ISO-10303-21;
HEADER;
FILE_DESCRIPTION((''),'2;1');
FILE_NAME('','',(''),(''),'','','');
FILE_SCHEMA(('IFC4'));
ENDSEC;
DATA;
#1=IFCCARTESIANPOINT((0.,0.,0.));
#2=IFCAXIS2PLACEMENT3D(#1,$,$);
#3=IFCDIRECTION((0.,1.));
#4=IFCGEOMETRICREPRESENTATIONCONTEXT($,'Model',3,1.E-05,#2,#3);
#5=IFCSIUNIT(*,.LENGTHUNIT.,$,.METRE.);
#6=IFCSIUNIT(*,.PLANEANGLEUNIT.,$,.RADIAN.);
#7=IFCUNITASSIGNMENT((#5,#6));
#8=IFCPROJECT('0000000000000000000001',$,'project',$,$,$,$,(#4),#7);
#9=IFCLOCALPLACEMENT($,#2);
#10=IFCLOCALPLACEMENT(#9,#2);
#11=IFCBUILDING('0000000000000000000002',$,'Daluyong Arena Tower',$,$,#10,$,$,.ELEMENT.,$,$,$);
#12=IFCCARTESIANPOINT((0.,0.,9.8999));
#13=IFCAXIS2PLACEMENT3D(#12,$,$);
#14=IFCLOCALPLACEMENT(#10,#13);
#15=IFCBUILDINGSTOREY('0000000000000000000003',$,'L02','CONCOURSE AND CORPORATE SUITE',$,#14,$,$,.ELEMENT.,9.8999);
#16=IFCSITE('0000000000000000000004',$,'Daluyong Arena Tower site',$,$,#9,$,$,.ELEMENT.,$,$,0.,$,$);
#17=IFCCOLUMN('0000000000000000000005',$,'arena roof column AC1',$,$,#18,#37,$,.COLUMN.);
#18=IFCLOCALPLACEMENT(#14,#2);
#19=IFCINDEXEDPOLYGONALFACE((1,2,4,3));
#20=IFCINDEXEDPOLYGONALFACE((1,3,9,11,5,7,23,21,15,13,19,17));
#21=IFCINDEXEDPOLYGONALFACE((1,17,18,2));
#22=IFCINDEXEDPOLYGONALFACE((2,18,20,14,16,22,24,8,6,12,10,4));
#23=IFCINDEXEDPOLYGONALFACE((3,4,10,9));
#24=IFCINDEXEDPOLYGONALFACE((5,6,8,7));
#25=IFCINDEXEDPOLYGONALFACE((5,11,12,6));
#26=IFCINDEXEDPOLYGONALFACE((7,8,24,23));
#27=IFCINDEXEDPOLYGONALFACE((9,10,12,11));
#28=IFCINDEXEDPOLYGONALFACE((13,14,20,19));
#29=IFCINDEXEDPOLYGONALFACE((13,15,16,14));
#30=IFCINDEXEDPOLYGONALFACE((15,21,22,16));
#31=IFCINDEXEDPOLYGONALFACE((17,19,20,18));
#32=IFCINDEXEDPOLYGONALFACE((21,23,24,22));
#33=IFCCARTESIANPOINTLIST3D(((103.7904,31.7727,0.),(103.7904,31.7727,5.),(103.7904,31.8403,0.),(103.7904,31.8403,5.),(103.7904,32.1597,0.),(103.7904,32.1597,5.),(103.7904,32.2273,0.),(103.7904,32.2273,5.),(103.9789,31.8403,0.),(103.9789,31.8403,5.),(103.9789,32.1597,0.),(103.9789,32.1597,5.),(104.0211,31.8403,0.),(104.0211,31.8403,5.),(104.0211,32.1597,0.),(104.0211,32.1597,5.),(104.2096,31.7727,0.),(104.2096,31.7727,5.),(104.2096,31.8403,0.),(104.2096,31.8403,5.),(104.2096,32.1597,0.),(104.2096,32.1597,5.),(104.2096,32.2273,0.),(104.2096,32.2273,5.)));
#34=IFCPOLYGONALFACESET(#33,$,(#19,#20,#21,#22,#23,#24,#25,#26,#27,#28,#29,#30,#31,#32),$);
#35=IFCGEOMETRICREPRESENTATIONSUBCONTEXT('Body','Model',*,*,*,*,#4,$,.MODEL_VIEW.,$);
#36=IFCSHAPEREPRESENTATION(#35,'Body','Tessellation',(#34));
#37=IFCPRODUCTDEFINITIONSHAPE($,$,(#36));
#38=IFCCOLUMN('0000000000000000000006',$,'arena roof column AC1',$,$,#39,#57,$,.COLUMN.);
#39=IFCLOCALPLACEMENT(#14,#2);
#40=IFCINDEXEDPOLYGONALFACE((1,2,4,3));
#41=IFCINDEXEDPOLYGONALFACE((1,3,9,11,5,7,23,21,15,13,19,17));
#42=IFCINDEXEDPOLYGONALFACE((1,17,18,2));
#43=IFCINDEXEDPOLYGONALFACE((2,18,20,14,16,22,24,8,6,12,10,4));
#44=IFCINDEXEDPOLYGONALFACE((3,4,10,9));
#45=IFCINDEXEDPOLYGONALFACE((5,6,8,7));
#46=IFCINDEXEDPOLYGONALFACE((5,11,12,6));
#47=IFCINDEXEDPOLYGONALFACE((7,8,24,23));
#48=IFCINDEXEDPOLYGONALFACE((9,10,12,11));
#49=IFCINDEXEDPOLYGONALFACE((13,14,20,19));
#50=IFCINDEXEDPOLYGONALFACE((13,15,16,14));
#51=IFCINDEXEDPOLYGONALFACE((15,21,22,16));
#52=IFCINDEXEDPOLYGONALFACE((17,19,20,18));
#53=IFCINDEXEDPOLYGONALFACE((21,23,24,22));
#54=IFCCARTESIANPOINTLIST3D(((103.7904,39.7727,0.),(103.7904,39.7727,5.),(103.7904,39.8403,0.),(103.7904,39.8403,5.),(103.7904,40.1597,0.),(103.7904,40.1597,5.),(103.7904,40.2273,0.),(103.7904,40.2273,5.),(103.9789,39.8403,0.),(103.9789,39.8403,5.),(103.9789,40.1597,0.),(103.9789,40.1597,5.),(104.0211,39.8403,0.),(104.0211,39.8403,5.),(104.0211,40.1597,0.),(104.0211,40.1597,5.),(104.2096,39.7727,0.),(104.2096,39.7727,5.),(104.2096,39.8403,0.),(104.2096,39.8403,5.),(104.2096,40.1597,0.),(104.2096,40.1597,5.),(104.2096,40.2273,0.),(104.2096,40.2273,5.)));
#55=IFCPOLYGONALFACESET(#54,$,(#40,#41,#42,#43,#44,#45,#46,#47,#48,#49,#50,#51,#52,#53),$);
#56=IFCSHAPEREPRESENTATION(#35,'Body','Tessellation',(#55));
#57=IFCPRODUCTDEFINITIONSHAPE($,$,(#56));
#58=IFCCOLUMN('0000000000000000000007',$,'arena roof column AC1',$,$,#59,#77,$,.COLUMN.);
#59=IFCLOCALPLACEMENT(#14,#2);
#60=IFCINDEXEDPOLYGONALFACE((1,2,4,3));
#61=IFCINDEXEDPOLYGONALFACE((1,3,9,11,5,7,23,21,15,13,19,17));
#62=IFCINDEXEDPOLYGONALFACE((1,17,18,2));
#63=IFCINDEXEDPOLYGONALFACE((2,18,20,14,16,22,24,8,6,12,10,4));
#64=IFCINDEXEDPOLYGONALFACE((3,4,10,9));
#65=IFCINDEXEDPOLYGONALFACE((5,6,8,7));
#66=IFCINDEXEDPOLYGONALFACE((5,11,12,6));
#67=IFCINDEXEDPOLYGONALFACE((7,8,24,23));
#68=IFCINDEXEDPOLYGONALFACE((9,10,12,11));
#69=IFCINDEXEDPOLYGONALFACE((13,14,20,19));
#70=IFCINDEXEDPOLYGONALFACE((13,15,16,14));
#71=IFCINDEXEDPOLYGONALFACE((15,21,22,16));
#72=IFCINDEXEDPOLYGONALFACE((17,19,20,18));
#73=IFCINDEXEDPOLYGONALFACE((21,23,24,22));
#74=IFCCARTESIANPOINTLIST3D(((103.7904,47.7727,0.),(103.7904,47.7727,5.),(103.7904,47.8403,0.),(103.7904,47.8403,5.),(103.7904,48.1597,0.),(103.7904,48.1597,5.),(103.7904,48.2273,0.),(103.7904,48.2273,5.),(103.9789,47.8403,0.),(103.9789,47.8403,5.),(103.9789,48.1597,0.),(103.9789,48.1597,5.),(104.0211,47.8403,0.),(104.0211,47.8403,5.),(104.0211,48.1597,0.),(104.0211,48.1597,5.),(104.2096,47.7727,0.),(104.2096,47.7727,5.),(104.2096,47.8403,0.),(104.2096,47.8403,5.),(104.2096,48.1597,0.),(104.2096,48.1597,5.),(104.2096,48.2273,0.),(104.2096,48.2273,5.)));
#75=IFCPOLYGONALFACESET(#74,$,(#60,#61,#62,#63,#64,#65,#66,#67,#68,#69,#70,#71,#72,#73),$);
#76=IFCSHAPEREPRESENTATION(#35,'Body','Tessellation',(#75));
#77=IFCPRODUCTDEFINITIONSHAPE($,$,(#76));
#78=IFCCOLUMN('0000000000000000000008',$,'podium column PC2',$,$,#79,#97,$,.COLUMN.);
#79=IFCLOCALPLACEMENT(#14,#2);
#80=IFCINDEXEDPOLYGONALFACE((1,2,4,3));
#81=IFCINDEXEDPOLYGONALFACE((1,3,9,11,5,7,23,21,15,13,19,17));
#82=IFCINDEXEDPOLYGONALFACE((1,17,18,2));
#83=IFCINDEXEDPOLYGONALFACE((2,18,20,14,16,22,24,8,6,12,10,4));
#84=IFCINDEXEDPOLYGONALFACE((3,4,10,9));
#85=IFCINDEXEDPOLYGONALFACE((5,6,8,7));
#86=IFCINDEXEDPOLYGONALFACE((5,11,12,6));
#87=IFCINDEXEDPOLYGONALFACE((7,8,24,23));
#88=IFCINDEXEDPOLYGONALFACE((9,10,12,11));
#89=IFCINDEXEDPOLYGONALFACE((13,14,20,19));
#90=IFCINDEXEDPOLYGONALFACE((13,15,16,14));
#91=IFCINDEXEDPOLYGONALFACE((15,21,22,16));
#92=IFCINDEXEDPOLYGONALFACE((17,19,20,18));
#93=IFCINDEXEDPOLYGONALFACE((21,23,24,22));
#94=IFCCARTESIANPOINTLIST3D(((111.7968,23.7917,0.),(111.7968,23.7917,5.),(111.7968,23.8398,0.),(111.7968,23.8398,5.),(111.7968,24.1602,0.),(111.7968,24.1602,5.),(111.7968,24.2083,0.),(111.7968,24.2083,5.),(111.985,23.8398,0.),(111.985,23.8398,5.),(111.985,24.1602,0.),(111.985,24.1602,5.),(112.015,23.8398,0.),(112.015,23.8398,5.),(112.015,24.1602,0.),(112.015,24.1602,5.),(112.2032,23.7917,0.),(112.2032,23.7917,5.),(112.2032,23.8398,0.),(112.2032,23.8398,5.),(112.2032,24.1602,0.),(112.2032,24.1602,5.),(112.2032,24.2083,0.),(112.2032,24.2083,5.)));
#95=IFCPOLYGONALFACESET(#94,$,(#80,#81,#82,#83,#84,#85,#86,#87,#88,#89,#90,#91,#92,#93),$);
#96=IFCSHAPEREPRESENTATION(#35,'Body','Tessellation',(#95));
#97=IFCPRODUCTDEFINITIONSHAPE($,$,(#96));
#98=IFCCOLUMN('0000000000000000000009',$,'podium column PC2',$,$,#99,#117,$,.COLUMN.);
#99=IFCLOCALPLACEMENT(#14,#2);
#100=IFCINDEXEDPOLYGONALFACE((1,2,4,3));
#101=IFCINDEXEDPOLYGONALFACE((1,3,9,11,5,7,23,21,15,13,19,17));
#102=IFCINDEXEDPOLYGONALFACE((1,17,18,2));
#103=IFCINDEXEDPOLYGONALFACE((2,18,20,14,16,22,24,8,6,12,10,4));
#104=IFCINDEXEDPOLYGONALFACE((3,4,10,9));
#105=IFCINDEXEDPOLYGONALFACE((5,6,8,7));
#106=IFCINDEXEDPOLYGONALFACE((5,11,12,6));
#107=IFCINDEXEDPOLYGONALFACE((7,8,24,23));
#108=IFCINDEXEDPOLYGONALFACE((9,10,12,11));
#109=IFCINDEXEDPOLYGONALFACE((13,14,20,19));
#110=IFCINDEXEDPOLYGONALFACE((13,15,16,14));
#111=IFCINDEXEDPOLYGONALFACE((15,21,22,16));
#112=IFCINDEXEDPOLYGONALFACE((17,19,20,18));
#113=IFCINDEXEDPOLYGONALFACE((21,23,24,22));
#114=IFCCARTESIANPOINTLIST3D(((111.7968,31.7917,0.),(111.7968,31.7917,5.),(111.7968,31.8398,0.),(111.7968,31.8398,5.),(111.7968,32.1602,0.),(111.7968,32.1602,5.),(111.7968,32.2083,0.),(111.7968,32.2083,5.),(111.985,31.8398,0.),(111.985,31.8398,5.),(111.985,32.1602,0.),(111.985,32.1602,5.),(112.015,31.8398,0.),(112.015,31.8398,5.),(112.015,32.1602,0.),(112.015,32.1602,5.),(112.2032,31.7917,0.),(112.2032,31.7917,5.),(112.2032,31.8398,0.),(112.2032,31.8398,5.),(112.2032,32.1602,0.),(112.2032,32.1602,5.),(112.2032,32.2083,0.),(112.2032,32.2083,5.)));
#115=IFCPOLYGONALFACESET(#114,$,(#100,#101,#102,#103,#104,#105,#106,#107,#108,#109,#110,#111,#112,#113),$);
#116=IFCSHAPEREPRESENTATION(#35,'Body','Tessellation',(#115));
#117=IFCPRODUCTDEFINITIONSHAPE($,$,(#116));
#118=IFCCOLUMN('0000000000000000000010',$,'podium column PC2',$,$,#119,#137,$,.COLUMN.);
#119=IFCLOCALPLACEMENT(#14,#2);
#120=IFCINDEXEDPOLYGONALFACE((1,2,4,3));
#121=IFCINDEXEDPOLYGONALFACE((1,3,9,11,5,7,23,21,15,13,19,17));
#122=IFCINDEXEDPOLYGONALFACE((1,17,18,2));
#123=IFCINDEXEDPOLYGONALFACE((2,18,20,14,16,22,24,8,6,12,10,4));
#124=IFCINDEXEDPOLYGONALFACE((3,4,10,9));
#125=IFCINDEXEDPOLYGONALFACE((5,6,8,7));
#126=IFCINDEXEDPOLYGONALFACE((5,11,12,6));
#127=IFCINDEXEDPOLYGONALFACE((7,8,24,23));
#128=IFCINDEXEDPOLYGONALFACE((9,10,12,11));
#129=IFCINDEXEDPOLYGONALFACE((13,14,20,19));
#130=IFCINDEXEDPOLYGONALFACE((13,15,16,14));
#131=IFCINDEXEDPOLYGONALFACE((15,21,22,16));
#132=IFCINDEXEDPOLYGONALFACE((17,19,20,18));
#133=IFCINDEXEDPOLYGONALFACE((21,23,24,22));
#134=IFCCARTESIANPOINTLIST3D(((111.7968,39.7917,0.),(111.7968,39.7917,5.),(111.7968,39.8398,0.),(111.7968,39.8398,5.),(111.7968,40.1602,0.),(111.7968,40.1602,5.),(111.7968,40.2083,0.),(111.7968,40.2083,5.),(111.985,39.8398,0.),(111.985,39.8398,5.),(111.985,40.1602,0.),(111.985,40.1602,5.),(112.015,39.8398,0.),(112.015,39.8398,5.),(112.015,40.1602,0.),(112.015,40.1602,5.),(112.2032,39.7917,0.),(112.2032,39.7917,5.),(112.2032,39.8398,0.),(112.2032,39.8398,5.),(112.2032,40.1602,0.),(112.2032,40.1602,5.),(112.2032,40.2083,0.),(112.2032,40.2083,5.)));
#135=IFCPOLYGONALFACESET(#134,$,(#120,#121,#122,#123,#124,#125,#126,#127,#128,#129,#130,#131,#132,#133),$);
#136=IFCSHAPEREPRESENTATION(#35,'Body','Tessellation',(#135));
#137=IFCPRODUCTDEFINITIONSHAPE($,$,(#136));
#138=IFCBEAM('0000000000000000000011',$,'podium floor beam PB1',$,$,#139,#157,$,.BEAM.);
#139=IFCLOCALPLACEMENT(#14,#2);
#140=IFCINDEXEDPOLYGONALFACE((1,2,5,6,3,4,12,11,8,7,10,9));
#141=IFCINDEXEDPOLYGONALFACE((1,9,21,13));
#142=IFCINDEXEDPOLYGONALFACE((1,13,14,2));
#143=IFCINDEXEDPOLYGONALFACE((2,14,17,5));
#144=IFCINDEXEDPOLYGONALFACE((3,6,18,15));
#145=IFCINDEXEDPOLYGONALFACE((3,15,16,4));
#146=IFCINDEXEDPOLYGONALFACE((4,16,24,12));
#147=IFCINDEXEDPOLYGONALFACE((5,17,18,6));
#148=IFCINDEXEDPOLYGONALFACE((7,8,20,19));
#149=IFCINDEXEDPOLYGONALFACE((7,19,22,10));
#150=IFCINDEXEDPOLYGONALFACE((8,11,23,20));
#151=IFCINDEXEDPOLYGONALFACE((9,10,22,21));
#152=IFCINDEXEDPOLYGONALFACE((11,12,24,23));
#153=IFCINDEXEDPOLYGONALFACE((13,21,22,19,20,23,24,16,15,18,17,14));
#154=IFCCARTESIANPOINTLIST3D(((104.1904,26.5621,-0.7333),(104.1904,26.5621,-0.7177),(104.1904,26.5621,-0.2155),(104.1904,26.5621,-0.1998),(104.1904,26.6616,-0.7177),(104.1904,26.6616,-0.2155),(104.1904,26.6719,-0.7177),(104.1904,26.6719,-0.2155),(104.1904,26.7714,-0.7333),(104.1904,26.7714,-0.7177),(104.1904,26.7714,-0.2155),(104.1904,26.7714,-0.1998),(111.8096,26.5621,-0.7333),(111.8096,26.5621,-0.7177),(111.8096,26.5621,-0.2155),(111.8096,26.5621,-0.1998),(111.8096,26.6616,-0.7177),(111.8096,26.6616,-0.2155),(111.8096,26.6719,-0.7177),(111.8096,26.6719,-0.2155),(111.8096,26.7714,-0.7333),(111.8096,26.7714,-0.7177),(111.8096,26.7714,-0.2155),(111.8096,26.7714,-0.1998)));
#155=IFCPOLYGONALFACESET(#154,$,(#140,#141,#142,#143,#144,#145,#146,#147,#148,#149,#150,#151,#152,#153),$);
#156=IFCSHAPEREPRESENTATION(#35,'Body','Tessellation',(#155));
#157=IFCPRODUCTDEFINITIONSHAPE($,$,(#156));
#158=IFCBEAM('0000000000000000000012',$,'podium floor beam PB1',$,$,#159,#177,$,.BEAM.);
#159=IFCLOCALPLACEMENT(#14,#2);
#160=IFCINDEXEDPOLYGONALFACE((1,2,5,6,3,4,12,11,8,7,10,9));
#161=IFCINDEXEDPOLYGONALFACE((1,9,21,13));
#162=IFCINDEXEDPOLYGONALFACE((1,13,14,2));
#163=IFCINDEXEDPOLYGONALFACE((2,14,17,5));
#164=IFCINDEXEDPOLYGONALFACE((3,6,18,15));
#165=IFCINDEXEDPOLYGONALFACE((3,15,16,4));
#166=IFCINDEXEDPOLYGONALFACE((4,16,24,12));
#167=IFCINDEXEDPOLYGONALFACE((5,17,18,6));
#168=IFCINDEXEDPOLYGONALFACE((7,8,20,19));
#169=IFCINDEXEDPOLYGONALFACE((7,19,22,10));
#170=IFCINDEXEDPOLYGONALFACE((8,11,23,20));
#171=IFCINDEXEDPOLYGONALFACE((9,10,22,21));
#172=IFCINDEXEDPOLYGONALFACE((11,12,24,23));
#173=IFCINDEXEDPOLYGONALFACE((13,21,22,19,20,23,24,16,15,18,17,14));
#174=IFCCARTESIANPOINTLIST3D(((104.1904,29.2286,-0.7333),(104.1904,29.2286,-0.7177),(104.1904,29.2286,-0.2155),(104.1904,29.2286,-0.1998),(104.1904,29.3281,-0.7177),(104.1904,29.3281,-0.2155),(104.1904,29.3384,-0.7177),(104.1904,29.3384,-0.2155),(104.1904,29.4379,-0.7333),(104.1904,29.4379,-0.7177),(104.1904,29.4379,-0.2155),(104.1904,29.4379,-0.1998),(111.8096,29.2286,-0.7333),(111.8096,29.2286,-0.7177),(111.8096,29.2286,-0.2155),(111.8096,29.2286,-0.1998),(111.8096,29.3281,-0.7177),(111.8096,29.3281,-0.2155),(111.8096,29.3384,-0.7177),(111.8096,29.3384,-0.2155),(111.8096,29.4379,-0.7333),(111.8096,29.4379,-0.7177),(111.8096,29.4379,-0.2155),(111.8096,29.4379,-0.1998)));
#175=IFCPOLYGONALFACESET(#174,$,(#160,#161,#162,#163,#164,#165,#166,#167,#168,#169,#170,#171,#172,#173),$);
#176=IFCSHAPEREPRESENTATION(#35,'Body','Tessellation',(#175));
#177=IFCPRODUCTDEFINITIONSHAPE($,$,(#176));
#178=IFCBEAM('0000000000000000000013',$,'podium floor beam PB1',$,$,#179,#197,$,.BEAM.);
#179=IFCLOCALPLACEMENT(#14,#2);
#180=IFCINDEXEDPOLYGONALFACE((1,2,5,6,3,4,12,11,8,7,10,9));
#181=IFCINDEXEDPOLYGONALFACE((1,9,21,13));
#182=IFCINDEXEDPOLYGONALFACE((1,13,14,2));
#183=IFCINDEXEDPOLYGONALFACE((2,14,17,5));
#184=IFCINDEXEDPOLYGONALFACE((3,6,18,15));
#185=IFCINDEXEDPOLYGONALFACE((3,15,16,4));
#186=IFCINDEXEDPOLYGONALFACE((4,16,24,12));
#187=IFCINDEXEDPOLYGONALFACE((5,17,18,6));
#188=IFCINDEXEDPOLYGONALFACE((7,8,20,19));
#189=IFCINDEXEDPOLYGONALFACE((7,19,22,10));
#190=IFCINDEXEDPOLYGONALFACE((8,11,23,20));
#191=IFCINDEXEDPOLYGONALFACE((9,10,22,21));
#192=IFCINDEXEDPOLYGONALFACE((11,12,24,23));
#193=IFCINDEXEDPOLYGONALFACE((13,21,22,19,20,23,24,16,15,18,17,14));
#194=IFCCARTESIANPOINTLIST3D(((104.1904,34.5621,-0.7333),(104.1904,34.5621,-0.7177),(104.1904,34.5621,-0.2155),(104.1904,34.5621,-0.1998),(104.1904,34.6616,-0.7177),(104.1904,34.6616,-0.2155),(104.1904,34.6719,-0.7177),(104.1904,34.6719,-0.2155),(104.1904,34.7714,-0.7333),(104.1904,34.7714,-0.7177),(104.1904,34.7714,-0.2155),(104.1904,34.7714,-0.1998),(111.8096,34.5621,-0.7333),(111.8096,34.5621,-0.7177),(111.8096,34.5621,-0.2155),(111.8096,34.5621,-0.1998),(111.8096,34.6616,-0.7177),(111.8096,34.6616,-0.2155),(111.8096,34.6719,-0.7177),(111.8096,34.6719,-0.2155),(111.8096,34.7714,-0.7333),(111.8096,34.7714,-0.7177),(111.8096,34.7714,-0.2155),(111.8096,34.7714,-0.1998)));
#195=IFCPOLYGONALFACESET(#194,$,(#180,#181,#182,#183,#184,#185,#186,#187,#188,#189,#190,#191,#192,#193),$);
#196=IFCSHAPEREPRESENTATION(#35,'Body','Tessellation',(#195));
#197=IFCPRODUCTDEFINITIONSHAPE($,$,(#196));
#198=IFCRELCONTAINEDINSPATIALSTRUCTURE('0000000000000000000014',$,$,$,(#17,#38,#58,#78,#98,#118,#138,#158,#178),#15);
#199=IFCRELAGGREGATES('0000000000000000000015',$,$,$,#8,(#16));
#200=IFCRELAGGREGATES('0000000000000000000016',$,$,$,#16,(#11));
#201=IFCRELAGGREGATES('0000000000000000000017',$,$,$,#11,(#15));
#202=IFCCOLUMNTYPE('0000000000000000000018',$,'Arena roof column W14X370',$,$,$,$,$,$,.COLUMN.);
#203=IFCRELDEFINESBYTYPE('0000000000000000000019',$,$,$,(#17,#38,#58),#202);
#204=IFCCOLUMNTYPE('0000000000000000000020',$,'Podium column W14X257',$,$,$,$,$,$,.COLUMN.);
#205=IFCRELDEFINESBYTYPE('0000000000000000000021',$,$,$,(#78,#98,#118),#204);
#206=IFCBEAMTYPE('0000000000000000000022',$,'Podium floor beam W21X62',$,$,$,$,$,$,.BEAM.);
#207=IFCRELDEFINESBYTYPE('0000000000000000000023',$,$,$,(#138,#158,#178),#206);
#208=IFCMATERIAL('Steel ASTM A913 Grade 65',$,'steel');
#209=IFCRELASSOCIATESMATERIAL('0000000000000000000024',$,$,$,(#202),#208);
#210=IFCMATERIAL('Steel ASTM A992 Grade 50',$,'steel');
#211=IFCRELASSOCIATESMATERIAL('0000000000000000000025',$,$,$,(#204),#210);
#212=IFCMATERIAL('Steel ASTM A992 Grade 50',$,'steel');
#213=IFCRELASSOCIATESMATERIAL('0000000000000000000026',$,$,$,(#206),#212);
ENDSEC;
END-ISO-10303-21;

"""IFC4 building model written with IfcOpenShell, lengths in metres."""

from ifc_helpers import new_model, si_unit, direction, frame, origin, origin_2d, place, context, subcontext, project, spatial, i_section, extrude, material, material_profile, profile_set, type_object, element, save


model = new_model("IFC4")

# Units and contexts
model_context = context("Model", 3, precision=1e-05, world=origin(), true_north=direction((0.0, 1.0)))
body_context = subcontext(model_context, "Body", "Model", "MODEL_VIEW")
ifc_project = project(units=[si_unit("LENGTHUNIT", "METRE"), si_unit("PLANEANGLEUNIT", "RADIAN")], contexts=[model_context])

# Site, building, storey
site_placement = place(None, origin())
site = spatial("IfcSite", under=ifc_project, at=site_placement, Name="Daluyong Arena Tower site", CompositionType="ELEMENT", RefElevation=0.0)
building_placement = place(site_placement, origin())
building = spatial("IfcBuilding", under=site, at=building_placement, Name="Daluyong Arena Tower", CompositionType="ELEMENT")
storey_placement = place(building_placement, frame((0.0, 0.0, 9.8999)))
storey = spatial("IfcBuildingStorey", under=building, at=storey_placement, Name="L02", Description="CONCOURSE AND CORPORATE SUITE", CompositionType="ELEMENT", Elevation=9.8999)

# Columns
ifc_material_1 = material(Name="Steel ASTM A913 Grade 65", Category="steel")
ifc_material_profile_1 = material_profile(ifc_material_1, i_section(OverallWidth=0.4192, OverallDepth=0.4546, WebThickness=0.0422, FlangeThickness=0.0676, at=origin_2d()))
ifc_profile_set_1 = profile_set([ifc_material_profile_1], Name="Steel ASTM A913 Grade 65")
column_type_1 = type_object("IfcColumnType", Name="Arena roof column W14X370", PredefinedType="COLUMN", material=ifc_profile_set_1)
for number, where, z_axis, x_axis, name in (
    (1, (104.0, 32.0, 0.0), (0.0, 0.0, 1.0), (1.0, 0.0, 0.0), "arena roof column AC1"),
    (2, (104.0, 40.0, 0.0), (0.0, 0.0, 1.0), (1.0, 0.0, 0.0), "arena roof column AC1"),
    (3, (104.0, 48.0, 0.0), (0.0, 0.0, 1.0), (1.0, 0.0, 0.0), "arena roof column AC1"),
):
    element("IfcColumn", number, at=place(storey_placement, frame(where, z_axis=z_axis, x_axis=x_axis)), inside=storey, type_object=column_type_1, Name=name, PredefinedType="COLUMN", context=body_context, shape_type="SweptSolid", body=[
        extrude(i_section(OverallWidth=0.4192, OverallDepth=0.4546, WebThickness=0.0422, FlangeThickness=0.0676, at=origin_2d()), origin(), (0.0, 0.0, 1.0), 5.0),
    ])
ifc_material_2 = material(Name="Steel ASTM A992 Grade 50", Category="steel")
ifc_material_profile_2 = material_profile(ifc_material_2, i_section(OverallWidth=0.4065, OverallDepth=0.4165, WebThickness=0.03, FlangeThickness=0.0481, at=origin_2d()))
ifc_profile_set_2 = profile_set([ifc_material_profile_2], Name="Steel ASTM A992 Grade 50")
column_type_2 = type_object("IfcColumnType", Name="Podium column W14X257", PredefinedType="COLUMN", material=ifc_profile_set_2)
for number, where, z_axis, x_axis, name in (
    (4, (112.0, 24.0, 0.0), (0.0, 0.0, 1.0), (1.0, 0.0, 0.0), "podium column PC2"),
    (5, (112.0, 32.0, 0.0), (0.0, 0.0, 1.0), (1.0, 0.0, 0.0), "podium column PC2"),
    (6, (112.0, 40.0, 0.0), (0.0, 0.0, 1.0), (1.0, 0.0, 0.0), "podium column PC2"),
):
    element("IfcColumn", number, at=place(storey_placement, frame(where, z_axis=z_axis, x_axis=x_axis)), inside=storey, type_object=column_type_2, Name=name, PredefinedType="COLUMN", context=body_context, shape_type="SweptSolid", body=[
        extrude(i_section(OverallWidth=0.4065, OverallDepth=0.4165, WebThickness=0.03, FlangeThickness=0.0481, at=origin_2d()), origin(), (0.0, 0.0, 1.0), 5.0),
    ])

# Beams
ifc_material_3 = material(Name="Steel ASTM A992 Grade 50", Category="steel")
ifc_material_profile_3 = material_profile(ifc_material_3, i_section(OverallWidth=0.2092, OverallDepth=0.5334, WebThickness=0.0103, FlangeThickness=0.0156, at=origin_2d()))
ifc_profile_set_3 = profile_set([ifc_material_profile_3], Name="Steel ASTM A992 Grade 50")
beam_type_1 = type_object("IfcBeamType", Name="Podium floor beam W21X62", PredefinedType="BEAM", material=ifc_profile_set_3)
for number, where, z_axis, x_axis, name in (
    (7, (104.1904, 26.6667, -0.4666), (1.0, 0.0, 0.0), (0.0, 1.0, 0.0), "podium floor beam PB1"),
    (8, (104.1904, 29.3333, -0.4666), (1.0, 0.0, 0.0), (0.0, 1.0, 0.0), "podium floor beam PB1"),
    (9, (104.1904, 34.6667, -0.4666), (1.0, 0.0, 0.0), (0.0, 1.0, 0.0), "podium floor beam PB1"),
):
    element("IfcBeam", number, at=place(storey_placement, frame(where, z_axis=z_axis, x_axis=x_axis)), inside=storey, type_object=beam_type_1, Name=name, PredefinedType="BEAM", context=body_context, shape_type="SweptSolid", body=[
        extrude(i_section(OverallWidth=0.2092, OverallDepth=0.5334, WebThickness=0.0103, FlangeThickness=0.0156, at=origin_2d()), origin(), (0.0, 0.0, 1.0), 7.6191),
    ])

save(model, "model.ifc")
